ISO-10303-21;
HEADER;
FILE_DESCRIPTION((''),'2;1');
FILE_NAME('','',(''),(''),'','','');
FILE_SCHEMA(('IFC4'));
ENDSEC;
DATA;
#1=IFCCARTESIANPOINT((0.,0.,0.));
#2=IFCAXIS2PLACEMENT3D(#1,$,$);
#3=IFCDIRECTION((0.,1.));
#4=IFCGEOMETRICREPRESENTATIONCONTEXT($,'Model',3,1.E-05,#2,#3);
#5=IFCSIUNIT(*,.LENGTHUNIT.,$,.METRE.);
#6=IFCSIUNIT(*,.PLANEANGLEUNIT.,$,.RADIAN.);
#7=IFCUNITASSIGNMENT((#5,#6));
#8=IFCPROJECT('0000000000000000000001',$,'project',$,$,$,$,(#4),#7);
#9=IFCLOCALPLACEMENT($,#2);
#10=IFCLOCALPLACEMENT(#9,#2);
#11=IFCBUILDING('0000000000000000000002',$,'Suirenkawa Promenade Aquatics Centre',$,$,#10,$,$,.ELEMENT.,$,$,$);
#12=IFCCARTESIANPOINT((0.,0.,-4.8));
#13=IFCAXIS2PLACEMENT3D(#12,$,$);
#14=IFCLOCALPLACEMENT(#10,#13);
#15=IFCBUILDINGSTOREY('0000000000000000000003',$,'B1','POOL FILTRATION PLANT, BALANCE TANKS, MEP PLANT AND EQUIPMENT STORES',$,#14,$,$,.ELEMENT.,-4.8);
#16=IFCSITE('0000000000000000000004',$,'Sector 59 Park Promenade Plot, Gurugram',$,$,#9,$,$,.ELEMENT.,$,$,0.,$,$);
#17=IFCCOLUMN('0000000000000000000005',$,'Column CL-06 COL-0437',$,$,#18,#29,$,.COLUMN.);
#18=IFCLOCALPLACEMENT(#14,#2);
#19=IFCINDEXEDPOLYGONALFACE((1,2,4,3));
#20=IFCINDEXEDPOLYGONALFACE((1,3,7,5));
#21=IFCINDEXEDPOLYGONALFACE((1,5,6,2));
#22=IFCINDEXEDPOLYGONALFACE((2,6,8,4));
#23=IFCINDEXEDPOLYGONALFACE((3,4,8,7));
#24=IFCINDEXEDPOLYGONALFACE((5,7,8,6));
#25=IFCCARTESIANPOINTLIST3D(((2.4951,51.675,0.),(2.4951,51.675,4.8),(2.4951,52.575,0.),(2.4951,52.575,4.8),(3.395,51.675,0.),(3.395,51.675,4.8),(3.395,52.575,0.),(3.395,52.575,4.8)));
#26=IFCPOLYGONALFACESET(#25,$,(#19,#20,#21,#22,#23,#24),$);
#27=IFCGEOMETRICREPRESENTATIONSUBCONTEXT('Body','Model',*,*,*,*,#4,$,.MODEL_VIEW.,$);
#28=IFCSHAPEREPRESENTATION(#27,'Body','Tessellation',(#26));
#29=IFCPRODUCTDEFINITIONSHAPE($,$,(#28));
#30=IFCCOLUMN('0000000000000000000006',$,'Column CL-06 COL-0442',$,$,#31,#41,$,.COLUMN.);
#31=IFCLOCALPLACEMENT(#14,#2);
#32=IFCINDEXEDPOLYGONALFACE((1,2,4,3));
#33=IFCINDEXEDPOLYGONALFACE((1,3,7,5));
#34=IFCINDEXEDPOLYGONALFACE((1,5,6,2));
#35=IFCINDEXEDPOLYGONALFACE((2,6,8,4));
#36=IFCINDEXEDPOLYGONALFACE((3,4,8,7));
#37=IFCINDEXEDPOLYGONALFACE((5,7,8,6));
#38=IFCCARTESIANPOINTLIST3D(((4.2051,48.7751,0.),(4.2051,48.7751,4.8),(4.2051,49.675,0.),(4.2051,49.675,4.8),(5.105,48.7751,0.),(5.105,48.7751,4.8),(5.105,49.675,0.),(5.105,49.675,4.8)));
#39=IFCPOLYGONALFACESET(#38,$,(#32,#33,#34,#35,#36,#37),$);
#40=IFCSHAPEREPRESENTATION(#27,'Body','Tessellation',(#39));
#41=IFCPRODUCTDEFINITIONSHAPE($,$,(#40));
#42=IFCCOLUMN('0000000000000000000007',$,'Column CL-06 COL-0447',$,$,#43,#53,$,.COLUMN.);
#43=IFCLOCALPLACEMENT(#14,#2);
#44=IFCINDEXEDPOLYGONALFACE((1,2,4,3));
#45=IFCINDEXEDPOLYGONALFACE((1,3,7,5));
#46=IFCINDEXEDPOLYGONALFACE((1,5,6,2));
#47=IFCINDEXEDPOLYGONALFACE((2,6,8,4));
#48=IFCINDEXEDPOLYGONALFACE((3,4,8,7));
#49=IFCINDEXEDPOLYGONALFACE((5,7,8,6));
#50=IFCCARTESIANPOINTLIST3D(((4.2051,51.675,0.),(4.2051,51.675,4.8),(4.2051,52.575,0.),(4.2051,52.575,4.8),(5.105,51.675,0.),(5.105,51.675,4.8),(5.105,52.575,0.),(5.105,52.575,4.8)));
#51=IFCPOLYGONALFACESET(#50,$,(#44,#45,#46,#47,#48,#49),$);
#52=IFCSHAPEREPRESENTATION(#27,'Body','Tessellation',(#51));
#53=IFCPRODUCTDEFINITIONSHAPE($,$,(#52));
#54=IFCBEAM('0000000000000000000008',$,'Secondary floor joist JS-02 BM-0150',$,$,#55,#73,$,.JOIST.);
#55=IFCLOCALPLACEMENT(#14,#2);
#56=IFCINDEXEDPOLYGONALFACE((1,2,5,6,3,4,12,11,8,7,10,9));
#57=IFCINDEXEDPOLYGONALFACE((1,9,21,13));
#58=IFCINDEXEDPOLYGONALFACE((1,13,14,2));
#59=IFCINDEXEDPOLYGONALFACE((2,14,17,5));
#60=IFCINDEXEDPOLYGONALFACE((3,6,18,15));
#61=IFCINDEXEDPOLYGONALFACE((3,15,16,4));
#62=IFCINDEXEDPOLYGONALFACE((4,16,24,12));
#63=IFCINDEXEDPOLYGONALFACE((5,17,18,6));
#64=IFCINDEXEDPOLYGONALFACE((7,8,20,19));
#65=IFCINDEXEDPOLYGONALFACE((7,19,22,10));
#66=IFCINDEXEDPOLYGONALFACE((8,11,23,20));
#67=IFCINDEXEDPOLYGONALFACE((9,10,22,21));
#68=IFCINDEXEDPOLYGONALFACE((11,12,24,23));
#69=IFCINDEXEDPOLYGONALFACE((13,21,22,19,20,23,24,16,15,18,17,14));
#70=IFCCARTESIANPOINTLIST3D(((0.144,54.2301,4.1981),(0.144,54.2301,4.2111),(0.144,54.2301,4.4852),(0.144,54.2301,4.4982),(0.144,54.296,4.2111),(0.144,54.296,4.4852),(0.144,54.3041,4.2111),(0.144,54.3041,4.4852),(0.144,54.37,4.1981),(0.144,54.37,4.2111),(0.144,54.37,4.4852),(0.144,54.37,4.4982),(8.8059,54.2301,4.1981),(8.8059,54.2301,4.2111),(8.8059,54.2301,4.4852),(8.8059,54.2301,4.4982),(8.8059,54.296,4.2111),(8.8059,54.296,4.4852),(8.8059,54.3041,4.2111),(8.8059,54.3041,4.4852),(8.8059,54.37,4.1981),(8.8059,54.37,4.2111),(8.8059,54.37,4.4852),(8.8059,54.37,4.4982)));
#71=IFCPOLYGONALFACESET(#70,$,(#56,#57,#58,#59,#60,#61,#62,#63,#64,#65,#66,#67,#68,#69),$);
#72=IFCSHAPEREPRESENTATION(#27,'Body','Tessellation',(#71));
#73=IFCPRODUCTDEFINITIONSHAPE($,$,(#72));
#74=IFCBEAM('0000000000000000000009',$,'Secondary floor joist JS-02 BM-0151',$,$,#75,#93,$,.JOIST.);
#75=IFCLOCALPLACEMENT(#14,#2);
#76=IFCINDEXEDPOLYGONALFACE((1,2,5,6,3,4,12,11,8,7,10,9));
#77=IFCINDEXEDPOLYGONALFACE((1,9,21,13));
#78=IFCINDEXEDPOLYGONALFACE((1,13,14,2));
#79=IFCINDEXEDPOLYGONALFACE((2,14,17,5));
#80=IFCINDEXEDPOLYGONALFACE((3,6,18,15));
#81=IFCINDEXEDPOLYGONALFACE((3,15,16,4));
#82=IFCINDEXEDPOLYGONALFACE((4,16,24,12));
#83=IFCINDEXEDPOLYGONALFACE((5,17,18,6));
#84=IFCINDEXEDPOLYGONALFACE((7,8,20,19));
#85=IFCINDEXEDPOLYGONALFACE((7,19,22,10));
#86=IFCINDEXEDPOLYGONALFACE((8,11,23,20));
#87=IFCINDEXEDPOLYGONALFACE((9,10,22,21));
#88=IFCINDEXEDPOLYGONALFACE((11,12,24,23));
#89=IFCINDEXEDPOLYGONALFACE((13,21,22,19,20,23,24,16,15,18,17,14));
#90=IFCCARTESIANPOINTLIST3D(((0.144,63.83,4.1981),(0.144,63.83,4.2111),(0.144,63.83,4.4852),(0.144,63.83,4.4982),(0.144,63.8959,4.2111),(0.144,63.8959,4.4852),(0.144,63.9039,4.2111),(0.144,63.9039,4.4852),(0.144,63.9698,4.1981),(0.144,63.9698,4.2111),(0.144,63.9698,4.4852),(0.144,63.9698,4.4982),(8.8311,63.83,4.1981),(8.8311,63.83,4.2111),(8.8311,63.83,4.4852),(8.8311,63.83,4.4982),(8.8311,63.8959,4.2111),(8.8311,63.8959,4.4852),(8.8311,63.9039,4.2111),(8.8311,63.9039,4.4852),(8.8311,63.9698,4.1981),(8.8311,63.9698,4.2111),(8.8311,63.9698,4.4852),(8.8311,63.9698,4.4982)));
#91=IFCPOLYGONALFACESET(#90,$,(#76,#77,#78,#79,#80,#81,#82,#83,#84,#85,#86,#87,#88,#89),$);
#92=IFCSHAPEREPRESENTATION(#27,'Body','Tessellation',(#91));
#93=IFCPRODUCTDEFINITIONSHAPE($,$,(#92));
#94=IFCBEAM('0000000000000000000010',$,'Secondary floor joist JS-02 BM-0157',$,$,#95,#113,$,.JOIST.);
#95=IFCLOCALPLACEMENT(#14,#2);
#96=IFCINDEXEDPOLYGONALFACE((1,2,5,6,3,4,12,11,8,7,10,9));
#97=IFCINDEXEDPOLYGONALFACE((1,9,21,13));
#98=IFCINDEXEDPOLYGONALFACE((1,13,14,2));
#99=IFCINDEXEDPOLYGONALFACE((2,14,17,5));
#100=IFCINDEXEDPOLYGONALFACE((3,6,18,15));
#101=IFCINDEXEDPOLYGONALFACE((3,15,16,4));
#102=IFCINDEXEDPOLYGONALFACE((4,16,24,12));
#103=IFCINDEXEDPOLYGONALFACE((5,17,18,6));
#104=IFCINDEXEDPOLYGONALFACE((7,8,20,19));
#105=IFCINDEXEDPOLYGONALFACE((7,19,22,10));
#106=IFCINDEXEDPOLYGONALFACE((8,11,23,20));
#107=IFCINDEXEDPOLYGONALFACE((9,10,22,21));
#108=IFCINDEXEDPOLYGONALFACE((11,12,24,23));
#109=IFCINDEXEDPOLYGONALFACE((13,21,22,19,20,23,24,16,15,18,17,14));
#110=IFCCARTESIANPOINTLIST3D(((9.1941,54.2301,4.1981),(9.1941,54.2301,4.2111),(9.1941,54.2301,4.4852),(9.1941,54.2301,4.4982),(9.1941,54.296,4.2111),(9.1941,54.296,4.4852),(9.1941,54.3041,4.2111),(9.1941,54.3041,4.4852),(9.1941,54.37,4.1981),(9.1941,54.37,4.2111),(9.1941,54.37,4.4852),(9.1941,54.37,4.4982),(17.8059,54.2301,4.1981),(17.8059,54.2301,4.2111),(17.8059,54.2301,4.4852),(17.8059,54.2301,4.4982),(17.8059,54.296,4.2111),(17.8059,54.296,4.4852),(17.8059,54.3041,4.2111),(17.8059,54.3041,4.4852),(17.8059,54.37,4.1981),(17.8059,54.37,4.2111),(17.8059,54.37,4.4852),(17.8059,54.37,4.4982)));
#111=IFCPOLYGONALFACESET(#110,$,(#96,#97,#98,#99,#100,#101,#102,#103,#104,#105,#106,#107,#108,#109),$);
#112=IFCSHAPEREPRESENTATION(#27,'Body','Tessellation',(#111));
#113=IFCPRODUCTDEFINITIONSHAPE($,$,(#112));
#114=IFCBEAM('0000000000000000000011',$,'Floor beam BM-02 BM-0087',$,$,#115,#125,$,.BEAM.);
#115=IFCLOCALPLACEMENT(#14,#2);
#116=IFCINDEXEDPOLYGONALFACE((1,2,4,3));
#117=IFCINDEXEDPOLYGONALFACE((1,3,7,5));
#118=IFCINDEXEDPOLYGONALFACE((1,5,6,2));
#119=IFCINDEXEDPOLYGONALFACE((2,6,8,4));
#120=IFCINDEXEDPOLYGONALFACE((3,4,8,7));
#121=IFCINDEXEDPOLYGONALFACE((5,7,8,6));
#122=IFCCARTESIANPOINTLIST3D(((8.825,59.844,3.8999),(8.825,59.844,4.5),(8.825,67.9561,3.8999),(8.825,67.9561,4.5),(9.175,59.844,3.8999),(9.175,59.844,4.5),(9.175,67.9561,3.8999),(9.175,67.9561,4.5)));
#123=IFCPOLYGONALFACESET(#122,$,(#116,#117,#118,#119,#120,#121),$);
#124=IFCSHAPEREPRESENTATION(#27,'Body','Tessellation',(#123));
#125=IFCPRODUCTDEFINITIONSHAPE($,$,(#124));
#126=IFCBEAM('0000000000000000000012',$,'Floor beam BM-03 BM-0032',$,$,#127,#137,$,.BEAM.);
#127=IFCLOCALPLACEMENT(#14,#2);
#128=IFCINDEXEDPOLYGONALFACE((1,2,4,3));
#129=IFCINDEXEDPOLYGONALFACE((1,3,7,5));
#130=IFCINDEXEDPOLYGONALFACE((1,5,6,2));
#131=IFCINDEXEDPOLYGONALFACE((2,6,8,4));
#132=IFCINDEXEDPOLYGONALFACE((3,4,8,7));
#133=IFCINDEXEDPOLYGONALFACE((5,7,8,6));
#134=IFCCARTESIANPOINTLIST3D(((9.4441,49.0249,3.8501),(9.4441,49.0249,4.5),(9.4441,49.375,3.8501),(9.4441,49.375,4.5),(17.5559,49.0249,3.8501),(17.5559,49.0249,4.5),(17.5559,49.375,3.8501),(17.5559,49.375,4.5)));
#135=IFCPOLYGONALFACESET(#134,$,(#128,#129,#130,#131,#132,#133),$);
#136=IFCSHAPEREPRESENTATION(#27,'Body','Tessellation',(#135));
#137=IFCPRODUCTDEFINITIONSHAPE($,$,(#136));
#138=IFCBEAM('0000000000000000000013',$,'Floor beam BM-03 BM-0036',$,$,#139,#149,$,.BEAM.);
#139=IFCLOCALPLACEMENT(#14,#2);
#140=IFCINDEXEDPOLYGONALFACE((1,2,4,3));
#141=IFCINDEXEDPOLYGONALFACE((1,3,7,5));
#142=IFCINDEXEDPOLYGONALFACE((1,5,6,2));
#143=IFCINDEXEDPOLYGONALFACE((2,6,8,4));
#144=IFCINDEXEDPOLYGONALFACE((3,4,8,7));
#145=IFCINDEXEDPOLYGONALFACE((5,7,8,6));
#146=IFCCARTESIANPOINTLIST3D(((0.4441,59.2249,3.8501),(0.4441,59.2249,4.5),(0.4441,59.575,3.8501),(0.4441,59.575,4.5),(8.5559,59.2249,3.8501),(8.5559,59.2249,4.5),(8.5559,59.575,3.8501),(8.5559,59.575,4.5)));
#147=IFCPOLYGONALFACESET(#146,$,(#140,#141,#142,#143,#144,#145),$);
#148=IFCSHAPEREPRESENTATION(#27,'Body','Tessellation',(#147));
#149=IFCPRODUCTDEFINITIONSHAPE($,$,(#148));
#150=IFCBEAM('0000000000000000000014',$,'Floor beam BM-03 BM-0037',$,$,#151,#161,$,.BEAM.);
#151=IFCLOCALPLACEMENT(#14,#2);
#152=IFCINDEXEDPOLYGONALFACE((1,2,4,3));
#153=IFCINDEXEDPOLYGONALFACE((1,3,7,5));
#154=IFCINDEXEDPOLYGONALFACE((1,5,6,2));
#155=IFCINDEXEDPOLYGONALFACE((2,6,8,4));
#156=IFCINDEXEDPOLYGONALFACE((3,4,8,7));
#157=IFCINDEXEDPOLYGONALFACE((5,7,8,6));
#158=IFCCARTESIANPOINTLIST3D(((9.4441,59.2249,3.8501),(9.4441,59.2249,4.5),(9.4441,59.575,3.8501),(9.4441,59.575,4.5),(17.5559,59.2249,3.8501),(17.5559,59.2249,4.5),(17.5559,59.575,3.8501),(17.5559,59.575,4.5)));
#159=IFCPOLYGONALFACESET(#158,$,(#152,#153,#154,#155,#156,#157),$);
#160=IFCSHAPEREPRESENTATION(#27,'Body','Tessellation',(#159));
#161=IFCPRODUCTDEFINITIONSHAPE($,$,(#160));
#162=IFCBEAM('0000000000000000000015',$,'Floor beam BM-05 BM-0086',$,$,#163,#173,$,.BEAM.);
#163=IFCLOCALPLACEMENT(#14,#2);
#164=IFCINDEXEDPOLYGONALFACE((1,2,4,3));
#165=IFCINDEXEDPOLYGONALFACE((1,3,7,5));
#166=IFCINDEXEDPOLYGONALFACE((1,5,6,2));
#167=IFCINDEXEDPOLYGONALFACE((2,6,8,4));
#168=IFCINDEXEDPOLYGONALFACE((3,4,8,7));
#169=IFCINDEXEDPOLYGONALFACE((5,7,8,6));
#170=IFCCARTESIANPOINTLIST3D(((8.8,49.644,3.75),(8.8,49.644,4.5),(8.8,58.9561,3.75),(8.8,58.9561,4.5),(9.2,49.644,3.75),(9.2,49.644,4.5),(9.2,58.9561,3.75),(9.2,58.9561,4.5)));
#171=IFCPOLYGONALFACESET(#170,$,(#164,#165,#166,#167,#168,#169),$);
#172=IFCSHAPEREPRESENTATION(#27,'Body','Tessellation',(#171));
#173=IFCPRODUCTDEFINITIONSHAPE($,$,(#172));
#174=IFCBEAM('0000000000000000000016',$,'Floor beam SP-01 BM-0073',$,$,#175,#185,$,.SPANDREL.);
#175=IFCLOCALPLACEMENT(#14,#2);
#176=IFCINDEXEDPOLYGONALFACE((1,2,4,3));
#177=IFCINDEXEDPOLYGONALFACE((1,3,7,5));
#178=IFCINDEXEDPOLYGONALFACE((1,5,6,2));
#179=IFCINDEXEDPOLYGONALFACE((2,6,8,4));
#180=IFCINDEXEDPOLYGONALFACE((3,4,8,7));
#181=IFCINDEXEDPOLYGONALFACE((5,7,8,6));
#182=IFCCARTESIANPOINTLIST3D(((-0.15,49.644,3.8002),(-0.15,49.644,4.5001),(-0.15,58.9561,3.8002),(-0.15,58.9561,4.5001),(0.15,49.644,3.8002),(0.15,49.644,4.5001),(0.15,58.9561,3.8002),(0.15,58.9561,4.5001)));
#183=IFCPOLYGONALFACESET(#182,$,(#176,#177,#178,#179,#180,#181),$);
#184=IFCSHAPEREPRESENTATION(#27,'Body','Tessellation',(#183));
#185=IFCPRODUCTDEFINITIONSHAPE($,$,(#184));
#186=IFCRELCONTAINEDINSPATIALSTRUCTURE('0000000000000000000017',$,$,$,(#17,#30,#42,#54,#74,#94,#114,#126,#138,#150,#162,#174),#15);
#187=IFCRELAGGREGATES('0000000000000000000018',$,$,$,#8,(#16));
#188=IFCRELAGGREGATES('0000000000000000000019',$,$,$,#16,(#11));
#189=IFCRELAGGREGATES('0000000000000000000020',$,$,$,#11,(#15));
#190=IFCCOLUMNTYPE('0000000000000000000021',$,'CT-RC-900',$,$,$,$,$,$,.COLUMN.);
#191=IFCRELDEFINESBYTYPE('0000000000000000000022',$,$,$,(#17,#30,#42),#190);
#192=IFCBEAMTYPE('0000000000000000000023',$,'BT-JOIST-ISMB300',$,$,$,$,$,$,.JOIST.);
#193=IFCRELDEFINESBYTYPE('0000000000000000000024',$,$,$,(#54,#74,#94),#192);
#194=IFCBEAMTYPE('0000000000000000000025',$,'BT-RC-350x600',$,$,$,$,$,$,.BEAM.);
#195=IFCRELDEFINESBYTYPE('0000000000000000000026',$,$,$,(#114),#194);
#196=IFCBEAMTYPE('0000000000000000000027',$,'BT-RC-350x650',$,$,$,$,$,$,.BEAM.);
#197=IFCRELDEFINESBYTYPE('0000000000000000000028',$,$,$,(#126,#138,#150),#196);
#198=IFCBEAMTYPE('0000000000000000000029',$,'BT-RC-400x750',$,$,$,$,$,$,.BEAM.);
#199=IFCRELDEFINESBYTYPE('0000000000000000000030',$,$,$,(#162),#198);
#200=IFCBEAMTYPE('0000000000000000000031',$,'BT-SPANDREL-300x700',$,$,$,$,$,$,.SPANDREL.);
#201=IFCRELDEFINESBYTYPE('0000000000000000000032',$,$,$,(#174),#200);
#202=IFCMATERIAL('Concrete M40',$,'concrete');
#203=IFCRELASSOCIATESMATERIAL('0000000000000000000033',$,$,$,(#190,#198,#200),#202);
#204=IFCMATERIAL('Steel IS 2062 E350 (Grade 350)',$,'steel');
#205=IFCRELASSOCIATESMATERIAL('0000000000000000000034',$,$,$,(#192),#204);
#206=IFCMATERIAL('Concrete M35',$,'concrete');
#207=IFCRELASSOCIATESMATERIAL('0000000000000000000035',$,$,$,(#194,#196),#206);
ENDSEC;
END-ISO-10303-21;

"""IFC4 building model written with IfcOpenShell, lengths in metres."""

from ifc_helpers import new_model, si_unit, direction, frame, origin, origin_2d, place, context, subcontext, project, spatial, rectangle, i_section, extrude, material, material_profile, profile_set, type_object, element, save


model = new_model("IFC4")

# Units and contexts
model_context = context("Model", 3, precision=1e-05, world=origin(), true_north=direction((0.0, 1.0)))
body_context = subcontext(model_context, "Body", "Model", "MODEL_VIEW")
ifc_project = project(units=[si_unit("LENGTHUNIT", "METRE"), si_unit("PLANEANGLEUNIT", "RADIAN")], contexts=[model_context])

# Site, building, storey
site_placement = place(None, origin())
site = spatial("IfcSite", under=ifc_project, at=site_placement, Name="Sector 59 Park Promenade Plot, Gurugram", CompositionType="ELEMENT", RefElevation=0.0)
building_placement = place(site_placement, origin())
building = spatial("IfcBuilding", under=site, at=building_placement, Name="Suirenkawa Promenade Aquatics Centre", CompositionType="ELEMENT")
storey_placement = place(building_placement, frame((0.0, 0.0, -4.8)))
storey = spatial("IfcBuildingStorey", under=building, at=storey_placement, Name="B1", Description="POOL FILTRATION PLANT, BALANCE TANKS, MEP PLANT AND EQUIPMENT STORES", CompositionType="ELEMENT", Elevation=-4.8)

# Shared definitions
ifc_material_1 = material(Name="Concrete M35", Category="concrete")

# Columns
ifc_material_2 = material(Name="Concrete M40", Category="concrete")
ifc_material_profile_1 = material_profile(ifc_material_2, rectangle(XDim=0.8999, YDim=0.8999, at=origin_2d()), Name="RC COL 900x900", Category="concrete")
ifc_profile_set_1 = profile_set([ifc_material_profile_1], Name="Concrete M40")
column_type_1 = type_object("IfcColumnType", Name="CT-RC-900", PredefinedType="COLUMN", material=ifc_profile_set_1)
for number, where, z_axis, x_axis, name in (
    (1, (2.9451, 52.125, 0.0), (0.0, 0.0, 1.0), (1.0, 0.0, 0.0), "Column CL-06 COL-0437"),
    (2, (4.655, 49.2251, 0.0), (0.0, 0.0, 1.0), (1.0, 0.0, 0.0), "Column CL-06 COL-0442"),
    (3, (4.655, 52.125, 0.0), (0.0, 0.0, 1.0), (1.0, 0.0, 0.0), "Column CL-06 COL-0447"),
):
    element("IfcColumn", number, at=place(storey_placement, frame(where, z_axis=z_axis, x_axis=x_axis)), inside=storey, type_object=column_type_1, Name=name, PredefinedType="COLUMN", context=body_context, shape_type="SweptSolid", body=[
        extrude(rectangle(XDim=0.8999, YDim=0.8999, at=origin_2d()), origin(), (0.0, 0.0, 1.0), 4.8),
    ])

# Beams
ifc_material_3 = material(Name="Steel IS 2062 E350 (Grade 350)", Category="steel")
ifc_material_profile_2 = material_profile(ifc_material_3, i_section(OverallWidth=0.1399, OverallDepth=0.3, WebThickness=0.0081, FlangeThickness=0.0129, at=origin_2d()), Name="ISMB 300", Category="steel")
ifc_profile_set_2 = profile_set([ifc_material_profile_2], Name="Steel IS 2062 E350 (Grade 350)")
beam_type_1 = type_object("IfcBeamType", Name="BT-JOIST-ISMB300", PredefinedType="JOIST", material=ifc_profile_set_2)
beam_1_placement = place(storey_placement, frame((0.144, 54.3, 4.3481), z_axis=(1.0, 0.0, 0.0), x_axis=(0.0, 1.0, 0.0)))
element("IfcBeam", 4, at=beam_1_placement, inside=storey, type_object=beam_type_1, Name="Secondary floor joist JS-02 BM-0150", PredefinedType="JOIST", context=body_context, shape_type="SweptSolid", body=[
    extrude(i_section(OverallWidth=0.1399, OverallDepth=0.3, WebThickness=0.0081, FlangeThickness=0.0129, at=origin_2d()), origin(), (0.0, 0.0, 1.0), 8.6619),
])
beam_2_placement = place(storey_placement, frame((0.144, 63.8999, 4.3481), z_axis=(1.0, 0.0, 0.0), x_axis=(0.0, 1.0, 0.0)))
element("IfcBeam", 5, at=beam_2_placement, inside=storey, type_object=beam_type_1, Name="Secondary floor joist JS-02 BM-0151", PredefinedType="JOIST", context=body_context, shape_type="SweptSolid", body=[
    extrude(i_section(OverallWidth=0.1399, OverallDepth=0.3, WebThickness=0.0081, FlangeThickness=0.0129, at=origin_2d()), origin(), (0.0, 0.0, 1.0), 8.687),
])
beam_3_placement = place(storey_placement, frame((9.1941, 54.3, 4.3481), z_axis=(1.0, 0.0, 0.0), x_axis=(0.0, 1.0, 0.0)))
element("IfcBeam", 6, at=beam_3_placement, inside=storey, type_object=beam_type_1, Name="Secondary floor joist JS-02 BM-0157", PredefinedType="JOIST", context=body_context, shape_type="SweptSolid", body=[
    extrude(i_section(OverallWidth=0.1399, OverallDepth=0.3, WebThickness=0.0081, FlangeThickness=0.0129, at=origin_2d()), origin(), (0.0, 0.0, 1.0), 8.6118),
])
ifc_material_profile_3 = material_profile(ifc_material_1, rectangle(XDim=0.3501, YDim=0.6001, at=origin_2d()), Name="RC BM 350x600", Category="concrete")
ifc_profile_set_3 = profile_set([ifc_material_profile_3], Name="Concrete M35")
beam_type_2 = type_object("IfcBeamType", Name="BT-RC-350x600", PredefinedType="BEAM", material=ifc_profile_set_3)
beam_4_placement = place(storey_placement, frame((9.0, 59.844, 4.2), z_axis=(0.0, 1.0, 0.0), x_axis=(-1.0, 0.0, 0.0)))
element("IfcBeam", 7, at=beam_4_placement, inside=storey, type_object=beam_type_2, Name="Floor beam BM-02 BM-0087", PredefinedType="BEAM", context=body_context, shape_type="SweptSolid", body=[
    extrude(rectangle(XDim=0.3501, YDim=0.6001, at=origin_2d()), origin(), (0.0, 0.0, 1.0), 8.1121),
])
ifc_material_profile_4 = material_profile(ifc_material_1, rectangle(XDim=0.3501, YDim=0.6499, at=origin_2d()), Name="RC BM 350x650", Category="concrete")
ifc_profile_set_4 = profile_set([ifc_material_profile_4], Name="Concrete M35")
beam_type_3 = type_object("IfcBeamType", Name="BT-RC-350x650", PredefinedType="BEAM", material=ifc_profile_set_4)
for number, where, z_axis, x_axis, name in (
    (8, (9.4441, 49.2, 4.175), (1.0, 0.0, 0.0), (0.0, 1.0, 0.0), "Floor beam BM-03 BM-0032"),
    (9, (0.4441, 59.3999, 4.175), (1.0, 0.0, 0.0), (0.0, 1.0, 0.0), "Floor beam BM-03 BM-0036"),
    (10, (9.4441, 59.3999, 4.175), (1.0, 0.0, 0.0), (0.0, 1.0, 0.0), "Floor beam BM-03 BM-0037"),
):
    element("IfcBeam", number, at=place(storey_placement, frame(where, z_axis=z_axis, x_axis=x_axis)), inside=storey, type_object=beam_type_3, Name=name, PredefinedType="BEAM", context=body_context, shape_type="SweptSolid", body=[
        extrude(rectangle(XDim=0.3501, YDim=0.6499, at=origin_2d()), origin(), (0.0, 0.0, 1.0), 8.1118),
    ])
ifc_material_profile_5 = material_profile(ifc_material_2, rectangle(XDim=0.3999, YDim=0.75, at=origin_2d()), Name="RC BM 400x750", Category="concrete")
ifc_profile_set_5 = profile_set([ifc_material_profile_5], Name="Concrete M40")
beam_type_4 = type_object("IfcBeamType", Name="BT-RC-400x750", PredefinedType="BEAM", material=ifc_profile_set_5)
beam_5_placement = place(storey_placement, frame((9.0, 49.644, 4.125), z_axis=(0.0, 1.0, 0.0), x_axis=(-1.0, 0.0, 0.0)))
element("IfcBeam", 11, at=beam_5_placement, inside=storey, type_object=beam_type_4, Name="Floor beam BM-05 BM-0086", PredefinedType="BEAM", context=body_context, shape_type="SweptSolid", body=[
    extrude(rectangle(XDim=0.3999, YDim=0.75, at=origin_2d()), origin(), (0.0, 0.0, 1.0), 9.312),
])
ifc_material_profile_6 = material_profile(ifc_material_2, rectangle(XDim=0.3, YDim=0.7, at=origin_2d()), Name="RC SPANDREL 300x700", Category="concrete")
ifc_profile_set_6 = profile_set([ifc_material_profile_6], Name="Concrete M40")
beam_type_5 = type_object("IfcBeamType", Name="BT-SPANDREL-300x700", PredefinedType="SPANDREL", material=ifc_profile_set_6)
beam_6_placement = place(storey_placement, frame((0.0, 49.644, 4.1501), z_axis=(0.0, 1.0, 0.0), x_axis=(-1.0, 0.0, 0.0)))
element("IfcBeam", 12, at=beam_6_placement, inside=storey, type_object=beam_type_5, Name="Floor beam SP-01 BM-0073", PredefinedType="SPANDREL", context=body_context, shape_type="SweptSolid", body=[
    extrude(rectangle(XDim=0.3, YDim=0.7, at=origin_2d()), origin(), (0.0, 0.0, 1.0), 9.312),
])

save(model, "model.ifc")
